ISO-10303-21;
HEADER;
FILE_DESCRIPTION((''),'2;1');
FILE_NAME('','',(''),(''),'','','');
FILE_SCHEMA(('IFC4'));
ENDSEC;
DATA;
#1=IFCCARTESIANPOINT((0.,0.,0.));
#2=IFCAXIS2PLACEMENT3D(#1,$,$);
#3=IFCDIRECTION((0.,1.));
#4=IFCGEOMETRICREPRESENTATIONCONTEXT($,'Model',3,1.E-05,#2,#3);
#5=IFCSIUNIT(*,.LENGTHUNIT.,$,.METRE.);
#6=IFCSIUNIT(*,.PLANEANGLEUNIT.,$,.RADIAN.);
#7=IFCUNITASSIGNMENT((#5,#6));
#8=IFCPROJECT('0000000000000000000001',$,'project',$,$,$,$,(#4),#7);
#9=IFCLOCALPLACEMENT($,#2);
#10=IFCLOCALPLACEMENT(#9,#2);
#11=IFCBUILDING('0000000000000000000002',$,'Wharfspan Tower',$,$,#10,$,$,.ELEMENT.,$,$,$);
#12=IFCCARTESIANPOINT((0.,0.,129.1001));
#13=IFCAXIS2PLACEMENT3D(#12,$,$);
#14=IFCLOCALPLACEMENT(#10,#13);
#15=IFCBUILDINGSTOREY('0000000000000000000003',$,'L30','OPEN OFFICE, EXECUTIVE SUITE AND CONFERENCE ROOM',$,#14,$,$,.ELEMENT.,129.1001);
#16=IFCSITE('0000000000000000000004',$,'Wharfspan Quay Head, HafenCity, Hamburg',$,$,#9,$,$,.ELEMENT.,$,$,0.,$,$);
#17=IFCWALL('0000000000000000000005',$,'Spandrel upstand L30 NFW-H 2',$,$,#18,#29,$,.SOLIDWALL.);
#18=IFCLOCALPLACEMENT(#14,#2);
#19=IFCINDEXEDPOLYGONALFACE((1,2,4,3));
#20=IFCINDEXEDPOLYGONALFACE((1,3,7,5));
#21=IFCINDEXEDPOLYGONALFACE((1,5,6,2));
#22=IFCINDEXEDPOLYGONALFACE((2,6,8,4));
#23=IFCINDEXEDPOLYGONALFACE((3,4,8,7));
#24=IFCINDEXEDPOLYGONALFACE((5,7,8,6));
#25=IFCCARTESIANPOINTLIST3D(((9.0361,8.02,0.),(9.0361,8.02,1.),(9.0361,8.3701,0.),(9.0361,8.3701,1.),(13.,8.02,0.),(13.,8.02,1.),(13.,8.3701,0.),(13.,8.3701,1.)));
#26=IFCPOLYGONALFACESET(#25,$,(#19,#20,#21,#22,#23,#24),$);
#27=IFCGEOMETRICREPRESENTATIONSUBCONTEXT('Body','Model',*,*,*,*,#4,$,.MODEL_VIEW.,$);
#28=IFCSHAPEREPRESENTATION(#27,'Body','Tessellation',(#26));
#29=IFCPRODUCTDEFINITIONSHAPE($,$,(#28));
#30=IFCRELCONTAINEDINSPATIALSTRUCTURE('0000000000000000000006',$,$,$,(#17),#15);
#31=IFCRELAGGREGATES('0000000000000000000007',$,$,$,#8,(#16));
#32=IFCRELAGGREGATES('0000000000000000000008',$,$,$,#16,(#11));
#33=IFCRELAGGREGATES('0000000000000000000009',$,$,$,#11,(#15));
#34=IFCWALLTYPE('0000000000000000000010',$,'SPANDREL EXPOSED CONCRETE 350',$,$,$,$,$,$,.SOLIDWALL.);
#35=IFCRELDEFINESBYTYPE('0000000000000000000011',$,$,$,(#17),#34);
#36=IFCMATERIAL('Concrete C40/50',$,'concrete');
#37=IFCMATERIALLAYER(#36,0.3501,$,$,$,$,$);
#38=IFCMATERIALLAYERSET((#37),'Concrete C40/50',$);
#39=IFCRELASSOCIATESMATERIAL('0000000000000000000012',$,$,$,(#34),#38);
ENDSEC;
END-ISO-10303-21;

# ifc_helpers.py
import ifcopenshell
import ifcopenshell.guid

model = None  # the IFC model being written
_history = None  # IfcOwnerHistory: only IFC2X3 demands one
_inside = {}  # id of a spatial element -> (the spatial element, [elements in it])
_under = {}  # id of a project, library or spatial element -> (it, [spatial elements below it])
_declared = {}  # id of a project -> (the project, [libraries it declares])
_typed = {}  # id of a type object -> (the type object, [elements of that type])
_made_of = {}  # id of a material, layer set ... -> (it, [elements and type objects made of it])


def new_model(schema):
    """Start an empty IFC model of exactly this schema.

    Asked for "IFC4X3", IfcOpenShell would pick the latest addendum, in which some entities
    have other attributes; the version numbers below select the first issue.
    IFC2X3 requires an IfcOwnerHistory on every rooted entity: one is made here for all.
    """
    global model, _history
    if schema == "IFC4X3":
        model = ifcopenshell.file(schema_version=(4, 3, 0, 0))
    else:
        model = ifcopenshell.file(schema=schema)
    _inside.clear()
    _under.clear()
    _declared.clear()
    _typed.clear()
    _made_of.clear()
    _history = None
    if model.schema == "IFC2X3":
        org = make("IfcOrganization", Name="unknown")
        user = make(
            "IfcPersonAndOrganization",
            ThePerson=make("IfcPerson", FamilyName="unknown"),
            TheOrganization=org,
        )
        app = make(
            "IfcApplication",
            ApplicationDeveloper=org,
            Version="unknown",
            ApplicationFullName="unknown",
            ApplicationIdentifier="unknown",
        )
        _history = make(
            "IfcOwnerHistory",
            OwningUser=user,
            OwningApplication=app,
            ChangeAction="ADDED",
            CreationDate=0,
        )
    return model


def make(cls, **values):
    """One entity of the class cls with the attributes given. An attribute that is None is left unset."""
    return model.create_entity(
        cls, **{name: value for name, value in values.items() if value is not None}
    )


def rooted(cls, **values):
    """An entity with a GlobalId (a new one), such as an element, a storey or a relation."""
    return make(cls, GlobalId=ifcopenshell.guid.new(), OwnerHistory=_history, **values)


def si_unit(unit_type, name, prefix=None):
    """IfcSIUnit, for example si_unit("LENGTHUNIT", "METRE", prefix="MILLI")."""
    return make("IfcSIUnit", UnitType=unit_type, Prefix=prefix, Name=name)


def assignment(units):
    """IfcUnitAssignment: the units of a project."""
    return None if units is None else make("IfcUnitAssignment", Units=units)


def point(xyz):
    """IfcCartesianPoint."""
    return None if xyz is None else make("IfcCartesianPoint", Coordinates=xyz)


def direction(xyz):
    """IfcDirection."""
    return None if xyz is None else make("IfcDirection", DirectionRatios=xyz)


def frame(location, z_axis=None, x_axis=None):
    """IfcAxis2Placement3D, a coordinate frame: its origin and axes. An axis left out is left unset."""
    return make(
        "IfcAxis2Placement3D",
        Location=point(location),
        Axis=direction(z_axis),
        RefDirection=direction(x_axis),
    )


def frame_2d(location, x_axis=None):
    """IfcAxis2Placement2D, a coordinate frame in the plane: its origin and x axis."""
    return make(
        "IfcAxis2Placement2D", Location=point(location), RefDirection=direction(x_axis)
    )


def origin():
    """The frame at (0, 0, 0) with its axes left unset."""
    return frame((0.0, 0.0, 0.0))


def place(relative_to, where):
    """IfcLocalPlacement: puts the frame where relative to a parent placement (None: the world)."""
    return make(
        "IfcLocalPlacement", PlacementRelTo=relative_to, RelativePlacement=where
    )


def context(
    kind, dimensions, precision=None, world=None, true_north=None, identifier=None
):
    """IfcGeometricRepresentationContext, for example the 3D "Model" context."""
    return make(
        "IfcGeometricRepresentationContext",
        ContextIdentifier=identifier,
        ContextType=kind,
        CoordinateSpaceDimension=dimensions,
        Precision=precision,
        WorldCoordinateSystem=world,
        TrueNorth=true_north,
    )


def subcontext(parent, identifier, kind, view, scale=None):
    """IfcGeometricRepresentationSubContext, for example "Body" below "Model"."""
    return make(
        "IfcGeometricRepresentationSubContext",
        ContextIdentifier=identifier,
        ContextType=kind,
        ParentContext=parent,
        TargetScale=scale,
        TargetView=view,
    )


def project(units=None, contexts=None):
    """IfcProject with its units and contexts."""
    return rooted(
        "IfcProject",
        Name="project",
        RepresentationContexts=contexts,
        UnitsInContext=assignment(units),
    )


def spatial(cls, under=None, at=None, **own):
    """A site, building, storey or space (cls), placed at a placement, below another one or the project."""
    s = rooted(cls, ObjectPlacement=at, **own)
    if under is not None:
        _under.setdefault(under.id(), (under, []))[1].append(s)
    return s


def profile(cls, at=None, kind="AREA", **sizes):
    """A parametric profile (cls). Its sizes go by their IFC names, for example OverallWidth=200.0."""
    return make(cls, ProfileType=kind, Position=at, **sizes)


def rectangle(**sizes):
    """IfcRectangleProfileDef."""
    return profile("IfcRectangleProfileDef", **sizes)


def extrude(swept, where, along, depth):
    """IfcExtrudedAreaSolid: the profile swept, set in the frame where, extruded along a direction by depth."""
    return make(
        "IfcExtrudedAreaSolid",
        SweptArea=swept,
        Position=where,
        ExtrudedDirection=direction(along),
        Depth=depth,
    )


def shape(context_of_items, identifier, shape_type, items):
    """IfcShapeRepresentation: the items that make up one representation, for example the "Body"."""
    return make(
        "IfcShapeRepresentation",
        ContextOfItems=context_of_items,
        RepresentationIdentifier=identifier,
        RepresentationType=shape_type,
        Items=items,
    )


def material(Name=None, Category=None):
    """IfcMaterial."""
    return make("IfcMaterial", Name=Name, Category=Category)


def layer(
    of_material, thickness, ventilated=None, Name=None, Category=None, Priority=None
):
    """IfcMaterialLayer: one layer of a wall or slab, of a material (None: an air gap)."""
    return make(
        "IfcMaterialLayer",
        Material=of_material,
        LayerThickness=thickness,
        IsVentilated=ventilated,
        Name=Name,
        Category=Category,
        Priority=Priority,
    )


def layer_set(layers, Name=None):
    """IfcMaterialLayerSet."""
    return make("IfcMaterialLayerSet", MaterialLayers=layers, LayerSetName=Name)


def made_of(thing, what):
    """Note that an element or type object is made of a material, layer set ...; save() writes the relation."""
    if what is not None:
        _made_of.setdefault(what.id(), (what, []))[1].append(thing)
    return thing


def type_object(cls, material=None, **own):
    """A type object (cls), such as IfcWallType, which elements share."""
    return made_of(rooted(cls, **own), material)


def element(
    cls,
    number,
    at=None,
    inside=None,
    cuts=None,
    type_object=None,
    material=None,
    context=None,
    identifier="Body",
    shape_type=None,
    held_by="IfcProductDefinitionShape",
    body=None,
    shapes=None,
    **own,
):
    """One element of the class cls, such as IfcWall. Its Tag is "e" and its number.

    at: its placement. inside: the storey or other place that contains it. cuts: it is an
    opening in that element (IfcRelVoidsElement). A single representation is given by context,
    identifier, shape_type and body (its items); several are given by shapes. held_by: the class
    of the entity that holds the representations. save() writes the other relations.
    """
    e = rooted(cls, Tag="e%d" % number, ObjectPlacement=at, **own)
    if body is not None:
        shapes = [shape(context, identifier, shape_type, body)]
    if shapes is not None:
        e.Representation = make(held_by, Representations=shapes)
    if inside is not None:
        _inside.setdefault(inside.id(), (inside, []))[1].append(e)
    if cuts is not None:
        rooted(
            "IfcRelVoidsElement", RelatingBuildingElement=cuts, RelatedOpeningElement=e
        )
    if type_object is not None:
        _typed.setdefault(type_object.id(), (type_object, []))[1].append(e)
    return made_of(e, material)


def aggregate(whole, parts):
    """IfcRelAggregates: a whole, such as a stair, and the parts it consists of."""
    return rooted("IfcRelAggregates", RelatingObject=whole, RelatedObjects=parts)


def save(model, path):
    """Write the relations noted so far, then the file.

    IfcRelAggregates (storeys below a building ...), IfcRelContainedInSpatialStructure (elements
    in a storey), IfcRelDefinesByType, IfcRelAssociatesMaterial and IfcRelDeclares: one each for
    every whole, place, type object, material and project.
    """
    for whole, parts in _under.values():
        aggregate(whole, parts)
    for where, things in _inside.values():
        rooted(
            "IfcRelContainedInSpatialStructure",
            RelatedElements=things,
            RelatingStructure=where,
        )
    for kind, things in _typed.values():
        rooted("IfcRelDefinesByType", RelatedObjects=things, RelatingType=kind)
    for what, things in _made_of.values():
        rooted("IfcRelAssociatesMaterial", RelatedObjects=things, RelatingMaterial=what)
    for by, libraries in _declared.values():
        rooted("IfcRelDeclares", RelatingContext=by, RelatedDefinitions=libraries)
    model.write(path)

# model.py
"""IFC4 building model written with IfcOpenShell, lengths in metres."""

from ifc_helpers import new_model, si_unit, direction, frame, frame_2d, origin, place, context, subcontext, project, spatial, rectangle, extrude, material, layer, layer_set, type_object, element, save


model = new_model("IFC4")

# Units and contexts
model_context = context("Model", 3, precision=1e-05, world=origin(), true_north=direction((0.0, 1.0)))
body_context = subcontext(model_context, "Body", "Model", "MODEL_VIEW")
ifc_project = project(units=[si_unit("LENGTHUNIT", "METRE"), si_unit("PLANEANGLEUNIT", "RADIAN")], contexts=[model_context])

# Site, building, storey
site_placement = place(None, origin())
site = spatial("IfcSite", under=ifc_project, at=site_placement, Name="Wharfspan Quay Head, HafenCity, Hamburg", CompositionType="ELEMENT", RefElevation=0.0)
building_placement = place(site_placement, origin())
building = spatial("IfcBuilding", under=site, at=building_placement, Name="Wharfspan Tower", CompositionType="ELEMENT")
storey_placement = place(building_placement, frame((0.0, 0.0, 129.1001)))
storey = spatial("IfcBuildingStorey", under=building, at=storey_placement, Name="L30", Description="OPEN OFFICE, EXECUTIVE SUITE AND CONFERENCE ROOM", CompositionType="ELEMENT", Elevation=129.1001)

# Shared definitions
ifc_material_1 = material(Name="Concrete C40/50", Category="concrete")

# Wall
ifc_layer_1 = layer(ifc_material_1, 0.3501)
ifc_layer_set_1 = layer_set([ifc_layer_1], Name="Concrete C40/50")
wall_type_1 = type_object("IfcWallType", Name="SPANDREL EXPOSED CONCRETE 350", PredefinedType="SOLIDWALL", material=ifc_layer_set_1)
wall_1_placement = place(storey_placement, frame((9.0361, 8.1951, 0.0), z_axis=(0.0, 0.0, 1.0), x_axis=(1.0, 0.0, 0.0)))
element("IfcWall", 1, at=wall_1_placement, inside=storey, type_object=wall_type_1, Name="Spandrel upstand L30 NFW-H 2", PredefinedType="SOLIDWALL", context=body_context, shape_type="SweptSolid", body=[
    extrude(rectangle(XDim=3.9639, YDim=0.3501, at=frame_2d((1.9819, 0.0))), origin(), (0.0, 0.0, 1.0), 1.0),
])

save(model, "model.ifc")
